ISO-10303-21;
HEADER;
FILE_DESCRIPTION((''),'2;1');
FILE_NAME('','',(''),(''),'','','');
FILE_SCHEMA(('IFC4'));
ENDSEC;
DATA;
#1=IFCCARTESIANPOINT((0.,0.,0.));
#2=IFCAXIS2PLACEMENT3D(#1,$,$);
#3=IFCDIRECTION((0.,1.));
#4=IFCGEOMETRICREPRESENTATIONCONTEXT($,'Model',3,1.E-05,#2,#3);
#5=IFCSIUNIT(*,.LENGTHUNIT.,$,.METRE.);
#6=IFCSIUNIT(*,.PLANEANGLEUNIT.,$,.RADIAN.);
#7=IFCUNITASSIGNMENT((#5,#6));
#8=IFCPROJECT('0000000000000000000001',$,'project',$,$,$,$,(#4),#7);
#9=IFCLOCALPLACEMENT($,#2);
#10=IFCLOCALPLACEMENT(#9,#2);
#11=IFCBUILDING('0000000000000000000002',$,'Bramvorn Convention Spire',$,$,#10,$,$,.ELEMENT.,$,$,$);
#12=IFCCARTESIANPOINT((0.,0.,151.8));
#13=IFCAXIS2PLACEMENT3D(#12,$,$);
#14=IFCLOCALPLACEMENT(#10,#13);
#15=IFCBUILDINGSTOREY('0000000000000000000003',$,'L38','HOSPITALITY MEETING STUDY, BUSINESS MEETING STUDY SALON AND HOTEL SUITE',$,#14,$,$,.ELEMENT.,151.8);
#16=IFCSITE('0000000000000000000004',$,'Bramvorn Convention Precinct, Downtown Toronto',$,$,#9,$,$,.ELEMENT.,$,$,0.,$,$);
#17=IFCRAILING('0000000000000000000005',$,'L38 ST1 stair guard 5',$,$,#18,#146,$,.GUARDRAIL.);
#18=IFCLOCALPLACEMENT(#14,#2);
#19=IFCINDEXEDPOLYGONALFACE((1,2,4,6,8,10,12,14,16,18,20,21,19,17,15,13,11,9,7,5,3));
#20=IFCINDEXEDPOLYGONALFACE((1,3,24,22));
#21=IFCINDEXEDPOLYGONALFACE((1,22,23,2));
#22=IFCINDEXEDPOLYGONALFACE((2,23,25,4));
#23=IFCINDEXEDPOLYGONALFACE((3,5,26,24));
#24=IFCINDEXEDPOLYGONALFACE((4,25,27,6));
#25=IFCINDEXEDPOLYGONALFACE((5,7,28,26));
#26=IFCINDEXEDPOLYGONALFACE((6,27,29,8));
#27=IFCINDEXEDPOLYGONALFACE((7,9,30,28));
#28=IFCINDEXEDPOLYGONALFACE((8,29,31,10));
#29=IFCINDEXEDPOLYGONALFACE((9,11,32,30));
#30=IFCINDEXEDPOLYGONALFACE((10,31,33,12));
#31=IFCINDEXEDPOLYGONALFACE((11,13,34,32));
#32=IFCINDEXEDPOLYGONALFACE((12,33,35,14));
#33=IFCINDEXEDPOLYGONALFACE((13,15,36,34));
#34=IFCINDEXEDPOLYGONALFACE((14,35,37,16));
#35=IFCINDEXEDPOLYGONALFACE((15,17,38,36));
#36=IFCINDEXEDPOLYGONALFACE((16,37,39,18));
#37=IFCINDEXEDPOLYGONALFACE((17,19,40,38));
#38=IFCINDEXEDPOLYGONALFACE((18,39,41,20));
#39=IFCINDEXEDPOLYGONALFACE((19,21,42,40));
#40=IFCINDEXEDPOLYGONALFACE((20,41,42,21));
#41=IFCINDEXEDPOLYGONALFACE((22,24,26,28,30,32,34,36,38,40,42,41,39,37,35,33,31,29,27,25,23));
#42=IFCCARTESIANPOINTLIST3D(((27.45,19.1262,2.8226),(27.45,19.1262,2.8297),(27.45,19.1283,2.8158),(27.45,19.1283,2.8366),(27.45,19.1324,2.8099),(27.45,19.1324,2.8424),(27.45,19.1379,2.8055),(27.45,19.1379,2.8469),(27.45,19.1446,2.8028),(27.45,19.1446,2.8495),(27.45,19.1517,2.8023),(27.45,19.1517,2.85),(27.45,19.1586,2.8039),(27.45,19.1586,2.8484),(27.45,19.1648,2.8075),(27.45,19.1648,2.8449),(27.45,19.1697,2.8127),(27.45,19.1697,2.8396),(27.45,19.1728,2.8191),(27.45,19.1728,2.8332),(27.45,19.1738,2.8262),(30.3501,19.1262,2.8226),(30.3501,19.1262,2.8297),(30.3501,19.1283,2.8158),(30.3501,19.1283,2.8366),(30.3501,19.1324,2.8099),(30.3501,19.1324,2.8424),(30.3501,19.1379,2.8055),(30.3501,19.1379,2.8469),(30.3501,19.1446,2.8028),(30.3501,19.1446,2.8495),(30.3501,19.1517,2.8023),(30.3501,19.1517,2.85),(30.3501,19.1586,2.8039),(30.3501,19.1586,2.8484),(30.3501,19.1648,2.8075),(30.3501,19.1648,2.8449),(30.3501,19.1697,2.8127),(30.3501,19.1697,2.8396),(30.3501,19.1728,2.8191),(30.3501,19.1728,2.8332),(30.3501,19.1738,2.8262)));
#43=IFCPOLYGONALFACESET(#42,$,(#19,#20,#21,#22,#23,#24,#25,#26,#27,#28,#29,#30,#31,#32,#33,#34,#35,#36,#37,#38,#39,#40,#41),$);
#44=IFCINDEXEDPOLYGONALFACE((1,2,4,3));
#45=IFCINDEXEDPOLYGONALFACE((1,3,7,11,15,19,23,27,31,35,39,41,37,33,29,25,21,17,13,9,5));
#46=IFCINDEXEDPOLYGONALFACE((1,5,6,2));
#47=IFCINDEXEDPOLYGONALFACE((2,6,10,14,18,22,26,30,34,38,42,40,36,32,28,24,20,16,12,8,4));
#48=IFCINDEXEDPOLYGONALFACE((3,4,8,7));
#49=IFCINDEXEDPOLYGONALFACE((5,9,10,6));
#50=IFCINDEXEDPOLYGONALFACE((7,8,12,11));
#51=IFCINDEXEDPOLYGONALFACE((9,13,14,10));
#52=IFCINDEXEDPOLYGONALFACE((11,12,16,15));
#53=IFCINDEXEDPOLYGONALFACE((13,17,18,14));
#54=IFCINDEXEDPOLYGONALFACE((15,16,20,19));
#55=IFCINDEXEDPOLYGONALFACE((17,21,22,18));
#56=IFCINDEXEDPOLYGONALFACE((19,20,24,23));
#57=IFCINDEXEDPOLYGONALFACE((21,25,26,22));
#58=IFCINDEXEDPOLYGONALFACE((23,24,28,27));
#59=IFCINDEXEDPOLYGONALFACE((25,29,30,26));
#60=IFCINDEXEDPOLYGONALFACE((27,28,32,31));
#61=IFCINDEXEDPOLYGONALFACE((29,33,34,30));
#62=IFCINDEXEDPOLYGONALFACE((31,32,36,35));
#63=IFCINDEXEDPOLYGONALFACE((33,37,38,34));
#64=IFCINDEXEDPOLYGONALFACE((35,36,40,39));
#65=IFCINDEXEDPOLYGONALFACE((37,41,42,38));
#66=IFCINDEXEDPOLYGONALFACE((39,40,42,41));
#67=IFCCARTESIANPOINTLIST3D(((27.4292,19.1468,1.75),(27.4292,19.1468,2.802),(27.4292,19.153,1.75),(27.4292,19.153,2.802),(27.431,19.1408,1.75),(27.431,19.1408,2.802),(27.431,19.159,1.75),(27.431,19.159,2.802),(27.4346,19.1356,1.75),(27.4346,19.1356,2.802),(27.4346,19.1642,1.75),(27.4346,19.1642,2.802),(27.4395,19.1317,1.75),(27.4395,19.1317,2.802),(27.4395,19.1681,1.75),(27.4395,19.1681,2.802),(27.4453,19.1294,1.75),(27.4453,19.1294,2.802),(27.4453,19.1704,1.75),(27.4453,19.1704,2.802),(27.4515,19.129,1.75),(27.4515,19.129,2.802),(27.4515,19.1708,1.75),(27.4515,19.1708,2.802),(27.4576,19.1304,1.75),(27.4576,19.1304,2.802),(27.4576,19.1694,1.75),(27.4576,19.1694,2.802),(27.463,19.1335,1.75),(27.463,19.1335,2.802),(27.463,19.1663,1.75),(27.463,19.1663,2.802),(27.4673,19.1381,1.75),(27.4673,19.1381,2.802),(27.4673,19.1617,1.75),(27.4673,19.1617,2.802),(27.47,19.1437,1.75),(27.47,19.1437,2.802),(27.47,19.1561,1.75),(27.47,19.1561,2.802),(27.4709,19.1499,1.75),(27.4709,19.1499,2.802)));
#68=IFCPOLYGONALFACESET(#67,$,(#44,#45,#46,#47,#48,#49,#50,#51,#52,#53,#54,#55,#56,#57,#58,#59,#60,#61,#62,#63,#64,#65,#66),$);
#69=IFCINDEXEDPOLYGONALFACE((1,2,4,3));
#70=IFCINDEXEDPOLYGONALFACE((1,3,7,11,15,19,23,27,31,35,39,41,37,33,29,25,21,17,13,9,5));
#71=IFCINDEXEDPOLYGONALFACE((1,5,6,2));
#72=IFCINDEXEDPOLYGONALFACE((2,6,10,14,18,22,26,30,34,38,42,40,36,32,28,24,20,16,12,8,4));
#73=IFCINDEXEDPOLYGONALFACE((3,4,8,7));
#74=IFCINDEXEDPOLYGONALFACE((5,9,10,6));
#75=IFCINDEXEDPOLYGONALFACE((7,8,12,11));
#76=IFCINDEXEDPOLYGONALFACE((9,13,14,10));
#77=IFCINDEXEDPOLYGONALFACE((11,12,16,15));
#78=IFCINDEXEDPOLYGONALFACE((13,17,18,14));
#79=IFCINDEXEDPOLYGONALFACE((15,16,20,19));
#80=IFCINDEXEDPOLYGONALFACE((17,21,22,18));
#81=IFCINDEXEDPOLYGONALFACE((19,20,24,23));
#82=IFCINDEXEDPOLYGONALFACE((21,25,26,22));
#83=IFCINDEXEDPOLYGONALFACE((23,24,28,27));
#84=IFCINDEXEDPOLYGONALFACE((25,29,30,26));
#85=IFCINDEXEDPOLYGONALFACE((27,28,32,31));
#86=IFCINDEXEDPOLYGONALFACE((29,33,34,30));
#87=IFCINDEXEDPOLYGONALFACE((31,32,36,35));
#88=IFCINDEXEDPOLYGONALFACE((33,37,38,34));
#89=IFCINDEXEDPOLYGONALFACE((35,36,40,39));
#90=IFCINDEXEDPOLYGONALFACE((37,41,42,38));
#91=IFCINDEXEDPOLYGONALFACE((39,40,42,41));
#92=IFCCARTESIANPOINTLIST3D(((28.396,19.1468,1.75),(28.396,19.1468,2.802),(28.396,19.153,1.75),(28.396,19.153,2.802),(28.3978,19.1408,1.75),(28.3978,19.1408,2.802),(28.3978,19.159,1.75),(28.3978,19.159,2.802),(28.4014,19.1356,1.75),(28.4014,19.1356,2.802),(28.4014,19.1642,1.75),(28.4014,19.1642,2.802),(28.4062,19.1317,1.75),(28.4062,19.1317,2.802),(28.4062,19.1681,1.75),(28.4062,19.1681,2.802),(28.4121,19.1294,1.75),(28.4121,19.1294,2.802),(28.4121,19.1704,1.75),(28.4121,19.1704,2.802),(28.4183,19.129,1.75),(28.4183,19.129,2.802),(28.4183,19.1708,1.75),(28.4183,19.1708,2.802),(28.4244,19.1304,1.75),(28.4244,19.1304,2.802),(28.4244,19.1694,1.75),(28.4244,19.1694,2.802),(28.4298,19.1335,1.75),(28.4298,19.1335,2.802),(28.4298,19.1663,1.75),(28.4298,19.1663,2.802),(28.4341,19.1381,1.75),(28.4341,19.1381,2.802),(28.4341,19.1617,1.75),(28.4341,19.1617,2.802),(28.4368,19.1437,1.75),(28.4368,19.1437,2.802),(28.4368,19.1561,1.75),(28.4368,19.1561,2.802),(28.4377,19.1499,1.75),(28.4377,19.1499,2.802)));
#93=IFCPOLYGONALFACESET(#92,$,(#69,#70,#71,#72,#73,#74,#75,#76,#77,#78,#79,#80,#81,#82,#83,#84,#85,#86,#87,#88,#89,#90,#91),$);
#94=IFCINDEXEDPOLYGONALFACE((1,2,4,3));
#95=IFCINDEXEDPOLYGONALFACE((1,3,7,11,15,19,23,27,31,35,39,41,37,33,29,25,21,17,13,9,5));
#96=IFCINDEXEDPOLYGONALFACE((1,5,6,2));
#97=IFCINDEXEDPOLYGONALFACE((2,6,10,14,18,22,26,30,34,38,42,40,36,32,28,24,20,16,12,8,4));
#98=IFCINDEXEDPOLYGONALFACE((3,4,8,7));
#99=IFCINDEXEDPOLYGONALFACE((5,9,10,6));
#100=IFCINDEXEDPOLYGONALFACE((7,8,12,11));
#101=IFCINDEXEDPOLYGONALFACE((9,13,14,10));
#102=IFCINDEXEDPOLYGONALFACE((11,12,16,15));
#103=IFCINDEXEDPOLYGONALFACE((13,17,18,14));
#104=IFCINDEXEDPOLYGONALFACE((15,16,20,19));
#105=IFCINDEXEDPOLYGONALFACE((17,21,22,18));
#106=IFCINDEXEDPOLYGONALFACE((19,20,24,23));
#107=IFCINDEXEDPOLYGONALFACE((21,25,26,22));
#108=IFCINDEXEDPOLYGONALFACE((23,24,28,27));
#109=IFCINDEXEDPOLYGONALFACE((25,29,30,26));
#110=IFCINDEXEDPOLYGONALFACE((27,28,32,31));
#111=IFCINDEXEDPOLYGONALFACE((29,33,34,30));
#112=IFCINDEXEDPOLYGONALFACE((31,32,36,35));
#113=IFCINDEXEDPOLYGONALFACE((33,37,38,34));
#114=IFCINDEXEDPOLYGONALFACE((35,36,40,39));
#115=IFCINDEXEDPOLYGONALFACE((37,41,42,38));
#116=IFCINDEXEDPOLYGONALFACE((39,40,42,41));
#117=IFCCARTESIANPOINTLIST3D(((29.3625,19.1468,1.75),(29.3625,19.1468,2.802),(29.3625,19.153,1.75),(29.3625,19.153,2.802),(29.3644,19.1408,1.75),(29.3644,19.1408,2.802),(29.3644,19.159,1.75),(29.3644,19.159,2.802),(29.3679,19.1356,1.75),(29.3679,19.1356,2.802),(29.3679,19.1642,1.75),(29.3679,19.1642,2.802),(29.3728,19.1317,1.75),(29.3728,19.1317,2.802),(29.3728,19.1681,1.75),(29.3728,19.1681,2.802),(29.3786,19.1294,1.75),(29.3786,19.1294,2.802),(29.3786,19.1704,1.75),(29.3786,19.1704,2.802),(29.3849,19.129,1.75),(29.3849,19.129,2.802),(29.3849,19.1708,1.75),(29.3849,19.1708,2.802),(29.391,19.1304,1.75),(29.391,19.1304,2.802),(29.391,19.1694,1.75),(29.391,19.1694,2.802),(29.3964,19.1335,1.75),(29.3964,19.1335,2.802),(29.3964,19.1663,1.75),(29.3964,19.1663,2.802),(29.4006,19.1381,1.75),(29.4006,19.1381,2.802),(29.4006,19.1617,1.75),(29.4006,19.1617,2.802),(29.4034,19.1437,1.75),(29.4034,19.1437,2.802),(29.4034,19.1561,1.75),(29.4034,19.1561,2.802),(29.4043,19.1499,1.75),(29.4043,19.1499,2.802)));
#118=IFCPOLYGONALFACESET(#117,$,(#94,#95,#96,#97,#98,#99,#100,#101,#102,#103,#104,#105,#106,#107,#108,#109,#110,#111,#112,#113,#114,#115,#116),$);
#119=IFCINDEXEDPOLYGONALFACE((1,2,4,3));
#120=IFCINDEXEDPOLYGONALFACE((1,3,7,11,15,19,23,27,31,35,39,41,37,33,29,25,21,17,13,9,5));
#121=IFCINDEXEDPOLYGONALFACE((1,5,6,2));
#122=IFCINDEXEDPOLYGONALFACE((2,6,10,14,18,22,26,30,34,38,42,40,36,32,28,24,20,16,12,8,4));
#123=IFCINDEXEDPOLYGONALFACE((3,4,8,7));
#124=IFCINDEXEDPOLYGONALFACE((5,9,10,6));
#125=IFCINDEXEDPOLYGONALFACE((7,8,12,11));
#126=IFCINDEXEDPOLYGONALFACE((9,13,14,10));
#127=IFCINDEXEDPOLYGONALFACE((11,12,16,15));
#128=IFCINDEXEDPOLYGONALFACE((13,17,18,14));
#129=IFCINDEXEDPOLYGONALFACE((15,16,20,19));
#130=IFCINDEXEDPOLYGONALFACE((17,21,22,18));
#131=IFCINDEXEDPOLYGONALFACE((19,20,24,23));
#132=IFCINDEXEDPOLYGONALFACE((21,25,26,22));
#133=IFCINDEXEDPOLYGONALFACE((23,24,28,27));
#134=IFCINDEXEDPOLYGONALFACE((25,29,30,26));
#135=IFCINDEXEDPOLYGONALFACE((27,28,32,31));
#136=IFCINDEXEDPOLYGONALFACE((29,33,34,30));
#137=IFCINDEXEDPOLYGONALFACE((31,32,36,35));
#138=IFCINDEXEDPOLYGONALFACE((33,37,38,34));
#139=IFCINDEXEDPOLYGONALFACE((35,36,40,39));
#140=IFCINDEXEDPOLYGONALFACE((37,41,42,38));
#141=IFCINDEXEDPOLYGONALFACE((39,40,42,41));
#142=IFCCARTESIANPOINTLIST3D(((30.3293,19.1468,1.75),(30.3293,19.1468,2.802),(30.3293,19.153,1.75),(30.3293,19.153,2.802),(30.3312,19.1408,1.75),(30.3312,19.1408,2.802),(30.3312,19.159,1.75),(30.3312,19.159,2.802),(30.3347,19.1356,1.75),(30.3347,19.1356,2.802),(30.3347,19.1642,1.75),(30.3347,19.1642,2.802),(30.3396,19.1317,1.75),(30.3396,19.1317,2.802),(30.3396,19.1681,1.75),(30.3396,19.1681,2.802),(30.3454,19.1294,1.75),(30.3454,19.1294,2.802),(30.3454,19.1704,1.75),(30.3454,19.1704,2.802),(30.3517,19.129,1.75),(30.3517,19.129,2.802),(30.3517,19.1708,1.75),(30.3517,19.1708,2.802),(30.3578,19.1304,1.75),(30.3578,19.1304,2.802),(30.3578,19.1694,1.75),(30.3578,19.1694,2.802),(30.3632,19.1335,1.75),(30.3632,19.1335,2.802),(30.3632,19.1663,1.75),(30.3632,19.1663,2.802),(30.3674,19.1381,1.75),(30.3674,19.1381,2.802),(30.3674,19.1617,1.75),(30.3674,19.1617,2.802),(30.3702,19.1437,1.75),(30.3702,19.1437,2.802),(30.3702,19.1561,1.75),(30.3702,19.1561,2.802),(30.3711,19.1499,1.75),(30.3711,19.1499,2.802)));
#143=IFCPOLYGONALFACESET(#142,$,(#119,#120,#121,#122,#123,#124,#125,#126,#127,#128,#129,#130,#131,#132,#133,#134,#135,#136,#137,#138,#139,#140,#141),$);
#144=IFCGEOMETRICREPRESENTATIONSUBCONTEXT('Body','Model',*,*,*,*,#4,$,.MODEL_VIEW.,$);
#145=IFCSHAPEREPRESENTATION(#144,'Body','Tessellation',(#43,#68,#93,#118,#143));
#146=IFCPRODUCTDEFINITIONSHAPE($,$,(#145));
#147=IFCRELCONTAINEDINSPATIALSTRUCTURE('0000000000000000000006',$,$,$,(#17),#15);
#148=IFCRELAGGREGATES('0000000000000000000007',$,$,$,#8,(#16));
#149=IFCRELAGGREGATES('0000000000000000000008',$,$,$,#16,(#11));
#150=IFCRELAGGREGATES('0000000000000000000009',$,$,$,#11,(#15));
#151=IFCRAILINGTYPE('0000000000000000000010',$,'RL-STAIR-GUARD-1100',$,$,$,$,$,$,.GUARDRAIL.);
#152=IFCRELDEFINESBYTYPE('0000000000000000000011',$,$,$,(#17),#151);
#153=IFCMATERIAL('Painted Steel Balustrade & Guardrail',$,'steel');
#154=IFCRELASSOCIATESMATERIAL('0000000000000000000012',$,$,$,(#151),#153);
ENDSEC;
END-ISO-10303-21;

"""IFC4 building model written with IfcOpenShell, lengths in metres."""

from ifc_helpers import new_model, si_unit, direction, frame, origin, origin_2d, place, context, subcontext, project, spatial, circle, extrude, material, type_object, element, save


model = new_model("IFC4")

# Units and contexts
model_context = context("Model", 3, precision=1e-05, world=origin(), true_north=direction((0.0, 1.0)))
body_context = subcontext(model_context, "Body", "Model", "MODEL_VIEW")
ifc_project = project(units=[si_unit("LENGTHUNIT", "METRE"), si_unit("PLANEANGLEUNIT", "RADIAN")], contexts=[model_context])

# Site, building, storey
site_placement = place(None, origin())
site = spatial("IfcSite", under=ifc_project, at=site_placement, Name="Bramvorn Convention Precinct, Downtown Toronto", CompositionType="ELEMENT", RefElevation=0.0)
building_placement = place(site_placement, origin())
building = spatial("IfcBuilding", under=site, at=building_placement, Name="Bramvorn Convention Spire", CompositionType="ELEMENT")
storey_placement = place(building_placement, frame((0.0, 0.0, 151.8)))
storey = spatial("IfcBuildingStorey", under=building, at=storey_placement, Name="L38", Description="HOSPITALITY MEETING STUDY, BUSINESS MEETING STUDY SALON AND HOTEL SUITE", CompositionType="ELEMENT", Elevation=151.8)

# Railing
ifc_material_1 = material(Name="Painted Steel Balustrade & Guardrail", Category="steel")
railing_type = type_object("IfcRailingType", Name="RL-STAIR-GUARD-1100", PredefinedType="GUARDRAIL", material=ifc_material_1)
railing_1_placement = place(storey_placement, frame((27.45, 19.1499, 1.75)))
element("IfcRailing", 1, at=railing_1_placement, inside=storey, type_object=railing_type, Name="L38 ST1 stair guard 5", PredefinedType="GUARDRAIL", context=body_context, shape_type="SweptSolid", body=[
    extrude(circle(Radius=0.0239, at=origin_2d()), frame((0.0, 0.0, 1.0762), z_axis=(1.0, 0.0, 0.0), x_axis=(0.0, 1.0, 0.0)), (0.0, 0.0, 1.0), 2.9001),
    extrude(circle(Radius=0.021, at=origin_2d()), origin(), (0.0, 0.0, 1.0), 1.052),
    extrude(circle(Radius=0.021, at=origin_2d()), frame((0.9668, 0.0, 0.0)), (0.0, 0.0, 1.0), 1.052),
    extrude(circle(Radius=0.021, at=origin_2d()), frame((1.9333, 0.0, 0.0)), (0.0, 0.0, 1.0), 1.052),
    extrude(circle(Radius=0.021, at=origin_2d()), frame((2.9001, 0.0, 0.0)), (0.0, 0.0, 1.0), 1.052),
])

save(model, "model.ifc")
